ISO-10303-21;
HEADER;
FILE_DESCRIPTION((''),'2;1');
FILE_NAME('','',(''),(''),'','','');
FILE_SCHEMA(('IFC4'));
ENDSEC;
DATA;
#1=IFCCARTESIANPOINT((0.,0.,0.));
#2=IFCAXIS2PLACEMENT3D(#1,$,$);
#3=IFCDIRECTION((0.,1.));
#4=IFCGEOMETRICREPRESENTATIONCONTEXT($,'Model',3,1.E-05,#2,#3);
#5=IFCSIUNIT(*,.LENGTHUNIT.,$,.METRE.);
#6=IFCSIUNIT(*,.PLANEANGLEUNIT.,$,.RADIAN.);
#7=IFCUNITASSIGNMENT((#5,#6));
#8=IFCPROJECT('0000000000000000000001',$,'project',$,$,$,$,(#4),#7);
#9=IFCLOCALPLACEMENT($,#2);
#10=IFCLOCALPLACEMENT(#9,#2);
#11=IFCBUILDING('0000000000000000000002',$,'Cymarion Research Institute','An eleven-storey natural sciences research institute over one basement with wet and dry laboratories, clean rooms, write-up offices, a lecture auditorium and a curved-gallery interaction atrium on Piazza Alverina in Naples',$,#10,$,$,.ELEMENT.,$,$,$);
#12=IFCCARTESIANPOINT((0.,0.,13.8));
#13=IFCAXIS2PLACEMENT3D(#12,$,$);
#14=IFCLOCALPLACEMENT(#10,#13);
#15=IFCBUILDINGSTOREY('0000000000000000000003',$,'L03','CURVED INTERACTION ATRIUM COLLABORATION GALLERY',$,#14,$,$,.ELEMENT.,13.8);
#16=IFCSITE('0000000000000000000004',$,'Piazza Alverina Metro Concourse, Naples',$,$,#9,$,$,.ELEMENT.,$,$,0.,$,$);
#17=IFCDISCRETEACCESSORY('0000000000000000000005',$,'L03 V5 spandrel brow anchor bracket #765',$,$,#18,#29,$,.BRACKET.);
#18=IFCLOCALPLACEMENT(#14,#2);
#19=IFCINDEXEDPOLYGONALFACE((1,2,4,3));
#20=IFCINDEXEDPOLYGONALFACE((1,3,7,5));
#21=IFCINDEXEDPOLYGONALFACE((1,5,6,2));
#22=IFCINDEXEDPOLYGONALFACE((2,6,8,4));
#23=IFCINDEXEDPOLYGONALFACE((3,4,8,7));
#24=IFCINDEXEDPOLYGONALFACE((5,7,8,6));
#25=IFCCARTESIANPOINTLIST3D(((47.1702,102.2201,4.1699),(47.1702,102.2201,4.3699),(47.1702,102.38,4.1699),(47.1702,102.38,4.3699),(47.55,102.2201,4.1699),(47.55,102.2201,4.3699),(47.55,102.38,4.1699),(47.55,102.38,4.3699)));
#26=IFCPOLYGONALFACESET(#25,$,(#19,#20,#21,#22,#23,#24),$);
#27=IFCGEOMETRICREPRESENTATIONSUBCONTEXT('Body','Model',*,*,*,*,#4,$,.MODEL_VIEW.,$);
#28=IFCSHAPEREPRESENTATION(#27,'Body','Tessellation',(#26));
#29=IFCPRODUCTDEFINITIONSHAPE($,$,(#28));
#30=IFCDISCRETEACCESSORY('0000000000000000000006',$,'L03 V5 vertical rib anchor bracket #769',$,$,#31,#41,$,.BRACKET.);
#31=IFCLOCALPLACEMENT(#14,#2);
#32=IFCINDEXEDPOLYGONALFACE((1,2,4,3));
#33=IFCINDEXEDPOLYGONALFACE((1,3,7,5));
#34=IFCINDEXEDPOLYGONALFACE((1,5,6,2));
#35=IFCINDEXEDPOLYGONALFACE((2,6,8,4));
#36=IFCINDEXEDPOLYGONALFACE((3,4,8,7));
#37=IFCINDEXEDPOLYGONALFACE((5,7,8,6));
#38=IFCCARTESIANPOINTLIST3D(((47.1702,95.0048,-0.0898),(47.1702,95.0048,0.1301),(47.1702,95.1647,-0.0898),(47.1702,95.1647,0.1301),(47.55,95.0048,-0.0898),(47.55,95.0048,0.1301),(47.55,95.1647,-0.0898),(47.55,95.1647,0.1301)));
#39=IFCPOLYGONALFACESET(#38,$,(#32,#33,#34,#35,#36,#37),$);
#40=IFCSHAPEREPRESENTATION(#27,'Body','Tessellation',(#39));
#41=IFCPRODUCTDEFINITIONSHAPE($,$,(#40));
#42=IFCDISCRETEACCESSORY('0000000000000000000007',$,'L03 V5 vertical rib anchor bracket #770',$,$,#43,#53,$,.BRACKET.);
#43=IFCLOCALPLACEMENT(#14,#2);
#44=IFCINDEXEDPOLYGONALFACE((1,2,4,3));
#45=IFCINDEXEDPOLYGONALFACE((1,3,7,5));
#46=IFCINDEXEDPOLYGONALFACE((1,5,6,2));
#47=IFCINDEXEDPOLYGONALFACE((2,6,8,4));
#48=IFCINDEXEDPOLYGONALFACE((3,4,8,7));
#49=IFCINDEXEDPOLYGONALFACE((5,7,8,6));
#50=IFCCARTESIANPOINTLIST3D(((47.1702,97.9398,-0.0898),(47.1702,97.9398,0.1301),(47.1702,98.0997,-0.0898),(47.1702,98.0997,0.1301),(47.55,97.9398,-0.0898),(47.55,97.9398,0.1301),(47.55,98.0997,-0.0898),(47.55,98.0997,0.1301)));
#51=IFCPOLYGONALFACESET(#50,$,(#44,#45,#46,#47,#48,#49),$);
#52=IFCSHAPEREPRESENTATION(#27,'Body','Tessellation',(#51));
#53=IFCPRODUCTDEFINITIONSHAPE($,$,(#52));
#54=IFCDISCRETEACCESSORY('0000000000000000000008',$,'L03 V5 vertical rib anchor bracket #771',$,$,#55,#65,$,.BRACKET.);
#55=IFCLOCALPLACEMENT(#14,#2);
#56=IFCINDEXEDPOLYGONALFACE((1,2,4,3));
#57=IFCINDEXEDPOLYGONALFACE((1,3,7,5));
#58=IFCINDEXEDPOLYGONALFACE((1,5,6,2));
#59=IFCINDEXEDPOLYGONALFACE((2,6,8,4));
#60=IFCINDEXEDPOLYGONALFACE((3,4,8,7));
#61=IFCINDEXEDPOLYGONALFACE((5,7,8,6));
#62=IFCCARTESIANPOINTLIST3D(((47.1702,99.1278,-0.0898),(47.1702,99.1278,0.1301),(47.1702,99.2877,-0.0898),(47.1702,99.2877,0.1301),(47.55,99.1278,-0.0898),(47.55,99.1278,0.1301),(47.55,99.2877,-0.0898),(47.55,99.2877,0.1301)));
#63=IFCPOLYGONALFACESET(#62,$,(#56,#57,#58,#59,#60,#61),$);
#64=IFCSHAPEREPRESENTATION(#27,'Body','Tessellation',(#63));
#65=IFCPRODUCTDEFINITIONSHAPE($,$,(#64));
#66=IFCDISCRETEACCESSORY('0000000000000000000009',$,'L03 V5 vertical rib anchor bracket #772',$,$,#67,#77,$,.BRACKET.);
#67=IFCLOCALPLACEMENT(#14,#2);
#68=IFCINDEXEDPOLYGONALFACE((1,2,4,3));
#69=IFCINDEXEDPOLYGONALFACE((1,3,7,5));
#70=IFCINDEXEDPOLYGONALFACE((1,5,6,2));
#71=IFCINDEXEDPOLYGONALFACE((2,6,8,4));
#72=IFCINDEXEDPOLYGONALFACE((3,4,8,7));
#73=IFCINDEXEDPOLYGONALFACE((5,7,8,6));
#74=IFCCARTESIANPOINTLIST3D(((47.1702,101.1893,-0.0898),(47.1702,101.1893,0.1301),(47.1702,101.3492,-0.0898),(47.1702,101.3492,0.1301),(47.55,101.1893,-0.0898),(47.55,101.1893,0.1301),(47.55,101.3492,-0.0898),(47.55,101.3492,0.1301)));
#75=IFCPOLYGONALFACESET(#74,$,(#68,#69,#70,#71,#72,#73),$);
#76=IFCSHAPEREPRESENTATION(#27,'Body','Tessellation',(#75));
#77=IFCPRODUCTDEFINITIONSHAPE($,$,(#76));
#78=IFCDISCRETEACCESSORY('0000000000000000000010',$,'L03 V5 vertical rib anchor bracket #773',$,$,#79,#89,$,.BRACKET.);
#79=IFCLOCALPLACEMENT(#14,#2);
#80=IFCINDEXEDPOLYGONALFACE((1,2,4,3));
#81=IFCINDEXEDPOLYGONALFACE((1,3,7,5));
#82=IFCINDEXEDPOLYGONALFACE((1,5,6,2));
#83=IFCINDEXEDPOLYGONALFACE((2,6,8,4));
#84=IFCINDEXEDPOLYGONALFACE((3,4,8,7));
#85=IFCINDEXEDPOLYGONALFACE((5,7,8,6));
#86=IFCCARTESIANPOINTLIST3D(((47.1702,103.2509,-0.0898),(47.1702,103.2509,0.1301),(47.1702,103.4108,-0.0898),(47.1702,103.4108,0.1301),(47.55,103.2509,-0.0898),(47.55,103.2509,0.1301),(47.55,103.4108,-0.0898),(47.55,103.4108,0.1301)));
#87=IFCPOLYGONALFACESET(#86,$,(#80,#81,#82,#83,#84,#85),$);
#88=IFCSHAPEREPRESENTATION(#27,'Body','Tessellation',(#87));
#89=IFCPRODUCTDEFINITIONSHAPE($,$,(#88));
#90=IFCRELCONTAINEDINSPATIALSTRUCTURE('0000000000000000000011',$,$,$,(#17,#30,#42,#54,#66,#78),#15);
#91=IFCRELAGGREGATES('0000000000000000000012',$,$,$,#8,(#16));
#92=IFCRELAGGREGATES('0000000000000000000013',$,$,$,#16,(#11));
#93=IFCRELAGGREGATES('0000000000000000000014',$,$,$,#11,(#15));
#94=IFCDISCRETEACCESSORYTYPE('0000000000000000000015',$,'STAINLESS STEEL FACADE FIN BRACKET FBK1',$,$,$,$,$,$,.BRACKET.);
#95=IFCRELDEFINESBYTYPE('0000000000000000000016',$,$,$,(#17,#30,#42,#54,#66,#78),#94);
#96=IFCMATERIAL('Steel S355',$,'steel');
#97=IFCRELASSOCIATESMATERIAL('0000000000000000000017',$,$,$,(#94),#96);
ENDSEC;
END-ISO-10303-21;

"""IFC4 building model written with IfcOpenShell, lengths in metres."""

from ifc_helpers import new_model, si_unit, direction, frame, origin, origin_2d, place, context, subcontext, project, spatial, rectangle, extrude, material, type_object, element, save


model = new_model("IFC4")

# Units and contexts
model_context = context("Model", 3, precision=1e-05, world=origin(), true_north=direction((0.0, 1.0)))
body_context = subcontext(model_context, "Body", "Model", "MODEL_VIEW")
ifc_project = project(units=[si_unit("LENGTHUNIT", "METRE"), si_unit("PLANEANGLEUNIT", "RADIAN")], contexts=[model_context])

# Site, building, storey
site_placement = place(None, origin())
site = spatial("IfcSite", under=ifc_project, at=site_placement, Name="Piazza Alverina Metro Concourse, Naples", CompositionType="ELEMENT", RefElevation=0.0)
building_placement = place(site_placement, origin())
building = spatial("IfcBuilding", under=site, at=building_placement, Name="Cymarion Research Institute", Description="An eleven-storey natural sciences research institute over one basement with wet and dry laboratories, clean rooms, write-up offices, a lecture auditorium and a curved-gallery interaction atrium on Piazza Alverina in Naples", CompositionType="ELEMENT")
storey_placement = place(building_placement, frame((0.0, 0.0, 13.8)))
storey = spatial("IfcBuildingStorey", under=building, at=storey_placement, Name="L03", Description="CURVED INTERACTION ATRIUM COLLABORATION GALLERY", CompositionType="ELEMENT", Elevation=13.8)

# Shared definitions
ifc_material_1 = material(Name="Steel S355", Category="steel")

# Discrete accessories
discrete_accessory_type = type_object("IfcDiscreteAccessoryType", Name="STAINLESS STEEL FACADE FIN BRACKET FBK1", PredefinedType="BRACKET", material=ifc_material_1)
discrete_accessory_placement = place(storey_placement, frame((47.3601, 102.3, 4.1699), z_axis=(0.0, 0.0, 1.0), x_axis=(1.0, 0.0, 0.0)))
element("IfcDiscreteAccessory", 1, at=discrete_accessory_placement, inside=storey, type_object=discrete_accessory_type, Name="L03 V5 spandrel brow anchor bracket #765", PredefinedType="BRACKET", context=body_context, shape_type="SweptSolid", body=[
    extrude(rectangle(XDim=0.3799, YDim=0.1599, at=origin_2d()), origin(), (0.0, 0.0, 1.0), 0.2),
])
for number, where, z_axis, x_axis, name in (
    (2, (47.3601, 95.0847, -0.0898), (0.0, 0.0, 1.0), (1.0, 0.0, 0.0), "L03 V5 vertical rib anchor bracket #769"),
    (3, (47.3601, 98.0198, -0.0898), (0.0, 0.0, 1.0), (1.0, 0.0, 0.0), "L03 V5 vertical rib anchor bracket #770"),
    (4, (47.3601, 99.2078, -0.0898), (0.0, 0.0, 1.0), (1.0, 0.0, 0.0), "L03 V5 vertical rib anchor bracket #771"),
    (5, (47.3601, 101.2693, -0.0898), (0.0, 0.0, 1.0), (1.0, 0.0, 0.0), "L03 V5 vertical rib anchor bracket #772"),
    (6, (47.3601, 103.3308, -0.0898), (0.0, 0.0, 1.0), (1.0, 0.0, 0.0), "L03 V5 vertical rib anchor bracket #773"),
):
    element("IfcDiscreteAccessory", number, at=place(storey_placement, frame(where, z_axis=z_axis, x_axis=x_axis)), inside=storey, type_object=discrete_accessory_type, Name=name, PredefinedType="BRACKET", context=body_context, shape_type="SweptSolid", body=[
        extrude(rectangle(XDim=0.3799, YDim=0.1599, at=origin_2d()), origin(), (0.0, 0.0, 1.0), 0.22),
    ])

save(model, "model.ifc")
